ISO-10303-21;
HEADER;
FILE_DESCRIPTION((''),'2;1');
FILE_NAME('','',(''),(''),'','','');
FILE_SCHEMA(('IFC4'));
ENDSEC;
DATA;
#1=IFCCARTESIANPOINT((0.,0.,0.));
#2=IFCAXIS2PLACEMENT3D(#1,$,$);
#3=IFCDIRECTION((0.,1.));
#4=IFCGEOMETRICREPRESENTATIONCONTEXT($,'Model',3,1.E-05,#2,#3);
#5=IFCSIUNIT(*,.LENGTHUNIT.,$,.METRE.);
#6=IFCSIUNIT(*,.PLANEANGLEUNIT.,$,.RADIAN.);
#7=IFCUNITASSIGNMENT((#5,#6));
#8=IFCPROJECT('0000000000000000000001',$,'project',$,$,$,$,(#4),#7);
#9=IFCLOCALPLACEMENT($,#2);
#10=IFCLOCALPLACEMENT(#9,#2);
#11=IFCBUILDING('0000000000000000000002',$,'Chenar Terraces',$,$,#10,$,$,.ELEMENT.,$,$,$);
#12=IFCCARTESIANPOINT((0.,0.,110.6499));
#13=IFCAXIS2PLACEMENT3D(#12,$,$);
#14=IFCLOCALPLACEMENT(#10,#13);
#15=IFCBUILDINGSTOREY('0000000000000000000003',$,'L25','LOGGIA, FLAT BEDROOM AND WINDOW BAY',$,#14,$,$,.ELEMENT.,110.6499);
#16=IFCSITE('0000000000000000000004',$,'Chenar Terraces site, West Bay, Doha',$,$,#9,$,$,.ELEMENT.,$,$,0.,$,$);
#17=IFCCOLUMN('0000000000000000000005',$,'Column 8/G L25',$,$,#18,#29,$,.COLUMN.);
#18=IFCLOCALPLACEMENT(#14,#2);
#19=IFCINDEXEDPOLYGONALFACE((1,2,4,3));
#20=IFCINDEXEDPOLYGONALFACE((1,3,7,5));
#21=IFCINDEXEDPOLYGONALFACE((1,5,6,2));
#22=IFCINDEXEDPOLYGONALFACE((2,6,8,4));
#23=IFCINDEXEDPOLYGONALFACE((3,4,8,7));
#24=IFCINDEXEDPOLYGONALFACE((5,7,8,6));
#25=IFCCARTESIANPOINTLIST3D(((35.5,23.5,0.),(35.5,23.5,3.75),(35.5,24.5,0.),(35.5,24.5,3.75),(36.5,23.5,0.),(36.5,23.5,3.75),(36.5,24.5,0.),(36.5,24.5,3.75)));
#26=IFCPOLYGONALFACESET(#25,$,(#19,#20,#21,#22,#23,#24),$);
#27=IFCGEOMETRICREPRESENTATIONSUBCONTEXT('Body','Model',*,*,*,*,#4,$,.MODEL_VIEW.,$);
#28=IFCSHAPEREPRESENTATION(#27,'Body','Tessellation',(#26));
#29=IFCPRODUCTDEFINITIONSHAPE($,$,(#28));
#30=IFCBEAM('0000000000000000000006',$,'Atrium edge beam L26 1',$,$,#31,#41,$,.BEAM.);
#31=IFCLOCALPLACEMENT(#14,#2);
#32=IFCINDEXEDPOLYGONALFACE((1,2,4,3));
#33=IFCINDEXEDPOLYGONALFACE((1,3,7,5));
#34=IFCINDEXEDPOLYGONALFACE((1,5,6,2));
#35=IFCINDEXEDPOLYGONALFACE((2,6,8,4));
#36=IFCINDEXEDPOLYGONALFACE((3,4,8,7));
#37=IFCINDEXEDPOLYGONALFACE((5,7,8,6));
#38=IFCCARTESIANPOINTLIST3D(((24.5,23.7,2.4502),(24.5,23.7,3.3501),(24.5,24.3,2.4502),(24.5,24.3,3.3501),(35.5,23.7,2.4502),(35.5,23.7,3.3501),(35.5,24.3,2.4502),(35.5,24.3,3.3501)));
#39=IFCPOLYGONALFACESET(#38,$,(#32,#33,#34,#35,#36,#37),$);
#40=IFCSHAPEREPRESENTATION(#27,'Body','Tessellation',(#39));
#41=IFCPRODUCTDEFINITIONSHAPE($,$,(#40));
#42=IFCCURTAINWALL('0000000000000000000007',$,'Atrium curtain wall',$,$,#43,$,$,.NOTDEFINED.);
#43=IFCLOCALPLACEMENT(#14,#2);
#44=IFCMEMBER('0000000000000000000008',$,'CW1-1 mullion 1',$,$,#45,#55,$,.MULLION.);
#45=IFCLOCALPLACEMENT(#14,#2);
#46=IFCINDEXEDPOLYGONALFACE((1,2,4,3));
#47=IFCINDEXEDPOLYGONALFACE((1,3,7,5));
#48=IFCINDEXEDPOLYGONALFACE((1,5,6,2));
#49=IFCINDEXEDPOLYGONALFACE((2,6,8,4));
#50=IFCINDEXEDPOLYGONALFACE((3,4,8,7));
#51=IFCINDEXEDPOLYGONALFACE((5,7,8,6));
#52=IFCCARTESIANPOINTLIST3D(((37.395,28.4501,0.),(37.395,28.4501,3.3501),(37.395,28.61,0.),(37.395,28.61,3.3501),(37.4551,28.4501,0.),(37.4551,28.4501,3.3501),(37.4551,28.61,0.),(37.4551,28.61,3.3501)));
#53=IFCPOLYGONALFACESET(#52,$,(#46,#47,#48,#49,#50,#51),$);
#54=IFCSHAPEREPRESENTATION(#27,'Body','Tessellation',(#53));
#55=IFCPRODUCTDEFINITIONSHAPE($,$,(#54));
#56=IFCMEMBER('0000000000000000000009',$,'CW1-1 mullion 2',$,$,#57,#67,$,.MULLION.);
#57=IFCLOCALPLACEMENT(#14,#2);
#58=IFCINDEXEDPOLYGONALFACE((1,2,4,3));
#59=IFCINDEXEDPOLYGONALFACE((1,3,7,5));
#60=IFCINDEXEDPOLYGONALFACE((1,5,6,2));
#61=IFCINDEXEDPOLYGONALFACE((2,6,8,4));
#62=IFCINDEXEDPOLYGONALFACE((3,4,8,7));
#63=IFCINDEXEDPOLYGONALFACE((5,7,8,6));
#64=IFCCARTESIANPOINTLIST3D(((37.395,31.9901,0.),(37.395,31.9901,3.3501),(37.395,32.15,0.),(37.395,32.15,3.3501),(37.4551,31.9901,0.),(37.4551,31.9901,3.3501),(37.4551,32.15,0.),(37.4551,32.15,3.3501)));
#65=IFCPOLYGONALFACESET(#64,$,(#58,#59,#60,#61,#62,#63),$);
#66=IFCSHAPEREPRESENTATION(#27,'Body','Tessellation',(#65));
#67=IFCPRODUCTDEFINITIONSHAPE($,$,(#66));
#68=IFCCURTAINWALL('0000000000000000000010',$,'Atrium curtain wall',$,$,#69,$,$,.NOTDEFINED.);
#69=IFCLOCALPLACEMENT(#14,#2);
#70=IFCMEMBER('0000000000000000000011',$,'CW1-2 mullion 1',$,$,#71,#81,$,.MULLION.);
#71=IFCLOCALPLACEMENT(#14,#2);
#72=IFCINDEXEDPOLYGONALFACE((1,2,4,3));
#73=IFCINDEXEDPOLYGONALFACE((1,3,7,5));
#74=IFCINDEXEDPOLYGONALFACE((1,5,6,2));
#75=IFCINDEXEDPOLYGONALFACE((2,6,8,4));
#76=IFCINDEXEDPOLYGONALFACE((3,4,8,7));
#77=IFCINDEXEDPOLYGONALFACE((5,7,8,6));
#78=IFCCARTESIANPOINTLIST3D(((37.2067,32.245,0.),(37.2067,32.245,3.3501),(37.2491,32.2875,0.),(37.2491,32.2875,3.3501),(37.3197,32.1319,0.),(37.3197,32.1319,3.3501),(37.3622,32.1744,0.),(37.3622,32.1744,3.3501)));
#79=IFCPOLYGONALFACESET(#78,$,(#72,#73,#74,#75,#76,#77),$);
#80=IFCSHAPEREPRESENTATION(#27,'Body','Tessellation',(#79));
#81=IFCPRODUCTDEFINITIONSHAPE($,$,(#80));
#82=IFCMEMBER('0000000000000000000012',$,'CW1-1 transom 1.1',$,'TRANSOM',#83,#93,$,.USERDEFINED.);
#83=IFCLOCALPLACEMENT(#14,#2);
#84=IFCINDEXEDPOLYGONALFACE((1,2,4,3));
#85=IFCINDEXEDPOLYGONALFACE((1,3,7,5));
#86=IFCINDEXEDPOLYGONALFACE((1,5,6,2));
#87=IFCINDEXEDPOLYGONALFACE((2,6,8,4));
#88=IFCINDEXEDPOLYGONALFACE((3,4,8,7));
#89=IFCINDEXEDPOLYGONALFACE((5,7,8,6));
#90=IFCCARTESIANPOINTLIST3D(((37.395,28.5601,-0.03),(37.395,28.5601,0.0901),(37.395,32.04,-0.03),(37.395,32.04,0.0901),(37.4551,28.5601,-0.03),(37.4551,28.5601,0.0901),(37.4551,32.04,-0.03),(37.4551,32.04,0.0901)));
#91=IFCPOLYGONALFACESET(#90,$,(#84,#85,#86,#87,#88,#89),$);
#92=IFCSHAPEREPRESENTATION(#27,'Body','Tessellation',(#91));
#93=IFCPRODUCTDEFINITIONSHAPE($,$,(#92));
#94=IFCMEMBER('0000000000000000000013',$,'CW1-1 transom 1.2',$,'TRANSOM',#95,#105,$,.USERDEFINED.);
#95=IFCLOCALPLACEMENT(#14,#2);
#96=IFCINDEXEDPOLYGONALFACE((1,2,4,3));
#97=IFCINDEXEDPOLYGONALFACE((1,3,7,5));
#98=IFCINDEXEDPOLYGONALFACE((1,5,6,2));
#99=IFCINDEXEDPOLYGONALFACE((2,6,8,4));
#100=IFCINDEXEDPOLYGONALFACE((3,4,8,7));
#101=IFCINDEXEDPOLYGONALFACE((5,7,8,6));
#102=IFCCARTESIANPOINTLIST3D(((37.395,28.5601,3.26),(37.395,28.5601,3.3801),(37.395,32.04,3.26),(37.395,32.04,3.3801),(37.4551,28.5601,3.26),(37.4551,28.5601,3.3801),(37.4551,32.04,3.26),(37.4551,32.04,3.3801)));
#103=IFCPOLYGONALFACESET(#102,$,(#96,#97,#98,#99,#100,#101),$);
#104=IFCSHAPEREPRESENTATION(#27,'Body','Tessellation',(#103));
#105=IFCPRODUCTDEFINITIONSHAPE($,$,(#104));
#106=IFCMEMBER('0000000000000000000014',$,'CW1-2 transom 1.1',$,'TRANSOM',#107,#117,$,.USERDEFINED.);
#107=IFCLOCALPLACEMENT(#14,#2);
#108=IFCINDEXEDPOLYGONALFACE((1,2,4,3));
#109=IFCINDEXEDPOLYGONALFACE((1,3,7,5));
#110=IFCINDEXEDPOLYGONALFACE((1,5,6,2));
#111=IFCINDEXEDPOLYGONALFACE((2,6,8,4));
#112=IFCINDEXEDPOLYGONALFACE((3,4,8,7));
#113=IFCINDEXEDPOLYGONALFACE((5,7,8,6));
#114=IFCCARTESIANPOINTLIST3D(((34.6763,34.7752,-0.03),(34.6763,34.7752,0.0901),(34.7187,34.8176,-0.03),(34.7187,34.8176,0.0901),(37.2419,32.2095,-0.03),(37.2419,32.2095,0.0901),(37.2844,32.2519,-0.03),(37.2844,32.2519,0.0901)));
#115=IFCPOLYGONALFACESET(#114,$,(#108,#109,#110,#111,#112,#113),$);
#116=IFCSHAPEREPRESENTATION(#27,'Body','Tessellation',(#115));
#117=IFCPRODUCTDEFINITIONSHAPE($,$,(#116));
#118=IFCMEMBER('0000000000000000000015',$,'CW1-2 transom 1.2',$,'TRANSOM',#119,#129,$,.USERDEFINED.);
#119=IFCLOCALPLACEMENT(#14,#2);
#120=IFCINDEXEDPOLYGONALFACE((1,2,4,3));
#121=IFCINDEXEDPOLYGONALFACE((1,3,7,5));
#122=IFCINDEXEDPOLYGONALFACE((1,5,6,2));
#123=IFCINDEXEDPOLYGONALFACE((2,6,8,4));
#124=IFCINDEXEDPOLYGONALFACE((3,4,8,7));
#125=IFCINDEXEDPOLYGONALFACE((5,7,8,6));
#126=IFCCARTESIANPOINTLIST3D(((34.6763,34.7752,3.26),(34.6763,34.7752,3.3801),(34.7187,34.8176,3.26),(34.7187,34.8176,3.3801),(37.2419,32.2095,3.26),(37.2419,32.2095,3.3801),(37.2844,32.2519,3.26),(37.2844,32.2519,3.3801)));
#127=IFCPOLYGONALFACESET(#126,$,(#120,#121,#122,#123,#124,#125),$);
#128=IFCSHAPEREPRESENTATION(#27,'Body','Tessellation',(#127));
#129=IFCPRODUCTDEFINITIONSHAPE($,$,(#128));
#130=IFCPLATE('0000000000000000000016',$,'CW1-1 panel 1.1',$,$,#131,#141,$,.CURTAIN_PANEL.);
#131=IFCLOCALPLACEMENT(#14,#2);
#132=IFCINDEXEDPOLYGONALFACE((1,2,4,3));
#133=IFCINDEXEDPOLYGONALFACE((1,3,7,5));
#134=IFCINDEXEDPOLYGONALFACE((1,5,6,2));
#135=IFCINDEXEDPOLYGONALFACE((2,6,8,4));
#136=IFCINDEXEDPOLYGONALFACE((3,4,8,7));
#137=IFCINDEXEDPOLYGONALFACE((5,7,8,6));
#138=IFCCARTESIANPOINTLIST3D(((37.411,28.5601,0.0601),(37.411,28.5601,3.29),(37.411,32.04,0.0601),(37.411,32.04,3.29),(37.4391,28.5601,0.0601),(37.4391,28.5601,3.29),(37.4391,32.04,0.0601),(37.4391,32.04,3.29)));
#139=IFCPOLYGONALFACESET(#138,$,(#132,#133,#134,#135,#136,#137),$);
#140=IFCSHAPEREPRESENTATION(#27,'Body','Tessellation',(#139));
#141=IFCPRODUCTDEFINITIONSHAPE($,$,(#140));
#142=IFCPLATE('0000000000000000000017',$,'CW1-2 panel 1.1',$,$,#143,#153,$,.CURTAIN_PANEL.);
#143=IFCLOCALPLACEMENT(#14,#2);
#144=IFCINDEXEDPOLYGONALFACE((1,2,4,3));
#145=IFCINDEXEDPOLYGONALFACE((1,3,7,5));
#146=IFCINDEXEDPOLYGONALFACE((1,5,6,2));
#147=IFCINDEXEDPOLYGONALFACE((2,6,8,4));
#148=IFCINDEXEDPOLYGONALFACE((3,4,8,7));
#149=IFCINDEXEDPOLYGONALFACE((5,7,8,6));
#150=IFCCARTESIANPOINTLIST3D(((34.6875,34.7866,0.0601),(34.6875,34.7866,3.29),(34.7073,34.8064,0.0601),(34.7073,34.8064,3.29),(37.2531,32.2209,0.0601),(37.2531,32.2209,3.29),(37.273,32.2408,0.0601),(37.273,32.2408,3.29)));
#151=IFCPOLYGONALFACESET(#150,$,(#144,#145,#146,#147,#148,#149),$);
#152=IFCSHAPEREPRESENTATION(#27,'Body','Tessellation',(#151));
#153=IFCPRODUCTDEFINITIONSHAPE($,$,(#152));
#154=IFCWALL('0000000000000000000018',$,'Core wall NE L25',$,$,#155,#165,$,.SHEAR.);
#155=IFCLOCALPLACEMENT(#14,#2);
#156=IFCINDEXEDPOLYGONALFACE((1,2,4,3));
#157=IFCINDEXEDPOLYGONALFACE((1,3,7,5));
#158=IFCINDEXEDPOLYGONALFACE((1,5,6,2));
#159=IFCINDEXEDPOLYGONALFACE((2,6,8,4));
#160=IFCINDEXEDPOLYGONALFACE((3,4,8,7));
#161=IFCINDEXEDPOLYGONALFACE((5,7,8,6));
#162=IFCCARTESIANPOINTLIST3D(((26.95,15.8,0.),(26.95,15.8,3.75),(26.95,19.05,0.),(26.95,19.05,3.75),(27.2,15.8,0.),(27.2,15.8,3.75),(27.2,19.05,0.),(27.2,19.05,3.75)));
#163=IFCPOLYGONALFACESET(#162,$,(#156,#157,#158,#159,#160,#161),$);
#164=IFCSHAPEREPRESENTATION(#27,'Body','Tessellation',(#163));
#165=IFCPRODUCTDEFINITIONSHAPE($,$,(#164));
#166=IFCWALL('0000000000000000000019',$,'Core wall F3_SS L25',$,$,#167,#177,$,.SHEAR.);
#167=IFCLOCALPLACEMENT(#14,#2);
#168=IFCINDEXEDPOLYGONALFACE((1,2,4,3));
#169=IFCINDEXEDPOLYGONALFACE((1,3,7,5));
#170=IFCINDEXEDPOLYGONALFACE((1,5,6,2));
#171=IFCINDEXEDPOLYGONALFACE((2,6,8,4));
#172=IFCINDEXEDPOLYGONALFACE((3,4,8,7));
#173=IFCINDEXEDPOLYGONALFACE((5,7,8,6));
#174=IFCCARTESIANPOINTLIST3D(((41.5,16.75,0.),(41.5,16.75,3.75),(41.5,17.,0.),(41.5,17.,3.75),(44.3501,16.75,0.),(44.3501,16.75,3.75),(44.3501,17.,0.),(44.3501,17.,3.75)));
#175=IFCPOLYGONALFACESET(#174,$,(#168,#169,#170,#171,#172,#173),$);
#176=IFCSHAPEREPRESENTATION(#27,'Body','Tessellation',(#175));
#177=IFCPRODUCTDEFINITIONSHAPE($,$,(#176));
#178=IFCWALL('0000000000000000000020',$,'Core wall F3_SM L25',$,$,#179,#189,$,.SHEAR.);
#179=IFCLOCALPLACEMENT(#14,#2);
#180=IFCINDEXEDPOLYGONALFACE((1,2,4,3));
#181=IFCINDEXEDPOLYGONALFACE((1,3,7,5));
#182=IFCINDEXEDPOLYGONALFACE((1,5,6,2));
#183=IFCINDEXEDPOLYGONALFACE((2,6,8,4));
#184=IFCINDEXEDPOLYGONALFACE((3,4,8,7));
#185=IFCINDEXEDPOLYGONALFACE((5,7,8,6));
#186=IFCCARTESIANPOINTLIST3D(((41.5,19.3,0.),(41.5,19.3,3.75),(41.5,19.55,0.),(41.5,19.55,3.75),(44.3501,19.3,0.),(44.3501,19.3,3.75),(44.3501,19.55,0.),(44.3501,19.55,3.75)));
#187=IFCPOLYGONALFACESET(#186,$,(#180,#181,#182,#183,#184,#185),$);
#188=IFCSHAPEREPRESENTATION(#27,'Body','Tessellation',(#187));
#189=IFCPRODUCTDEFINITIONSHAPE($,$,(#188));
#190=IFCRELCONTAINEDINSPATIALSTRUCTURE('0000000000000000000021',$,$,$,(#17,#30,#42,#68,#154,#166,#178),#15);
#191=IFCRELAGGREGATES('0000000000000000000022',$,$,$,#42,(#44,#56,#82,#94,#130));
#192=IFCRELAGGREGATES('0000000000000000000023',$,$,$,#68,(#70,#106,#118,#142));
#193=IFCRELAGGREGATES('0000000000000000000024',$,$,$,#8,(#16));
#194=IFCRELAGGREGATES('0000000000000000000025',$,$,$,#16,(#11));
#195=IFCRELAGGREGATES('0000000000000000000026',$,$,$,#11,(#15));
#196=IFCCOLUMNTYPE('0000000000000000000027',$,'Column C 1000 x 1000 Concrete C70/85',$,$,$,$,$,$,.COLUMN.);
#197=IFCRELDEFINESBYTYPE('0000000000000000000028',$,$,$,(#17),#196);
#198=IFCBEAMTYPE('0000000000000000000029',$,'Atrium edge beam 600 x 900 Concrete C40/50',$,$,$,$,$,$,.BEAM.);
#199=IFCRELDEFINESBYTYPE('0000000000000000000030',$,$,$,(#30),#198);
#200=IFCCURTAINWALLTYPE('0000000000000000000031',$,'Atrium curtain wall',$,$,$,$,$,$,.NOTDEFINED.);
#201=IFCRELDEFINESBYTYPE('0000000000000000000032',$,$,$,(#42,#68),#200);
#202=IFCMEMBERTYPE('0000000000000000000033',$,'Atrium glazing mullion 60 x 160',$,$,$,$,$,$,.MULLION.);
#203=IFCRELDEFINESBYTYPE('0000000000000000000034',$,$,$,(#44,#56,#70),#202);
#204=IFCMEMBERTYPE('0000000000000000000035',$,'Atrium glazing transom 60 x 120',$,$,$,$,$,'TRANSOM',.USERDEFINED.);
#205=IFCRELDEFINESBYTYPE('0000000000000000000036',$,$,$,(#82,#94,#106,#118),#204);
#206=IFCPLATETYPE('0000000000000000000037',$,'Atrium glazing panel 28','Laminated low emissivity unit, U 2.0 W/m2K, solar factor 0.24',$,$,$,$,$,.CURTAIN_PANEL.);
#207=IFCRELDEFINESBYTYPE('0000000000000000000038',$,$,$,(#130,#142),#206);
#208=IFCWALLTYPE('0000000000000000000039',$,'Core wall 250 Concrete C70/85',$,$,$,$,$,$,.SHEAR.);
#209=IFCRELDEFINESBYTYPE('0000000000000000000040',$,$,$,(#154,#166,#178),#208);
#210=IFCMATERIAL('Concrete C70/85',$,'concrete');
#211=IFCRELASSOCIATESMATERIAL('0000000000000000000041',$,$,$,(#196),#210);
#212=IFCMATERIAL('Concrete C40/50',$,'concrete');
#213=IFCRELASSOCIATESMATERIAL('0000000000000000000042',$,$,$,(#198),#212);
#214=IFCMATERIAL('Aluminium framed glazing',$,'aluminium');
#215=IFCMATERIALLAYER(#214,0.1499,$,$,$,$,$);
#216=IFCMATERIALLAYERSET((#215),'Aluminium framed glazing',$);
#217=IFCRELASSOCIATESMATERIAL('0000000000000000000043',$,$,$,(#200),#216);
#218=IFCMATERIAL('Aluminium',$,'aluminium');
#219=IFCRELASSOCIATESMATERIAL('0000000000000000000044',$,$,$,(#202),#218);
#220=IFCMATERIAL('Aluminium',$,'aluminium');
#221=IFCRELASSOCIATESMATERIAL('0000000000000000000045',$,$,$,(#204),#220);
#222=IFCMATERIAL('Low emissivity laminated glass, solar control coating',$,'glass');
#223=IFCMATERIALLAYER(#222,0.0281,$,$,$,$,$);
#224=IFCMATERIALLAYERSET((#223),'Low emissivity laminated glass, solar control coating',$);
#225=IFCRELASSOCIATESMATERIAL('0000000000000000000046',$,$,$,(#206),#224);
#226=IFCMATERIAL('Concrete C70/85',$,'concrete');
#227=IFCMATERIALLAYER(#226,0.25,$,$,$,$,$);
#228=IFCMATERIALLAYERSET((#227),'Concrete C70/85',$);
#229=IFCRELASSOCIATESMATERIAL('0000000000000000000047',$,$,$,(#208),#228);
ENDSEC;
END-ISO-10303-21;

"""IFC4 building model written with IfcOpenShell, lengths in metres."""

from ifc_helpers import new_model, si_unit, direction, frame, frame_2d, origin, origin_2d, place, context, subcontext, project, spatial, rectangle, extrude, material, layer, layer_set, material_profile, profile_set, type_object, element, aggregate, save


model = new_model("IFC4")

# Units and contexts
model_context = context("Model", 3, precision=1e-05, world=origin(), true_north=direction((0.0, 1.0)))
body_context = subcontext(model_context, "Body", "Model", "MODEL_VIEW")
ifc_project = project(units=[si_unit("LENGTHUNIT", "METRE"), si_unit("PLANEANGLEUNIT", "RADIAN")], contexts=[model_context])

# Site, building, storey
site_placement = place(None, origin())
site = spatial("IfcSite", under=ifc_project, at=site_placement, Name="Chenar Terraces site, West Bay, Doha", CompositionType="ELEMENT", RefElevation=0.0)
building_placement = place(site_placement, origin())
building = spatial("IfcBuilding", under=site, at=building_placement, Name="Chenar Terraces", CompositionType="ELEMENT")
storey_placement = place(building_placement, frame((0.0, 0.0, 110.6499)))
storey = spatial("IfcBuildingStorey", under=building, at=storey_placement, Name="L25", Description="LOGGIA, FLAT BEDROOM AND WINDOW BAY", CompositionType="ELEMENT", Elevation=110.6499)

# Column
ifc_material_1 = material(Name="Concrete C70/85", Category="concrete")
ifc_material_profile_1 = material_profile(ifc_material_1, rectangle(XDim=1.0, YDim=1.0, at=origin_2d()), Name="C 1000 x 1000")
ifc_profile_set_1 = profile_set([ifc_material_profile_1], Name="Concrete C70/85")
column_type = type_object("IfcColumnType", Name="Column C 1000 x 1000 Concrete C70/85", PredefinedType="COLUMN", material=ifc_profile_set_1)
column_placement = place(storey_placement, frame((36.0, 24.0, 0.0), z_axis=(0.0, 0.0, 1.0), x_axis=(1.0, 0.0, 0.0)))
element("IfcColumn", 1, at=column_placement, inside=storey, type_object=column_type, Name="Column 8/G L25", PredefinedType="COLUMN", context=body_context, shape_type="SweptSolid", body=[
    extrude(rectangle(XDim=1.0, YDim=1.0, at=origin_2d()), origin(), (0.0, 0.0, 1.0), 3.75),
])

# Beam
ifc_material_2 = material(Name="Concrete C40/50", Category="concrete")
ifc_material_profile_2 = material_profile(ifc_material_2, rectangle(XDim=0.6001, YDim=0.8999, at=origin_2d()), Name="RC 600 x 900")
ifc_profile_set_2 = profile_set([ifc_material_profile_2], Name="Concrete C40/50")
beam_type = type_object("IfcBeamType", Name="Atrium edge beam 600 x 900 Concrete C40/50", PredefinedType="BEAM", material=ifc_profile_set_2)
beam_placement = place(storey_placement, frame((24.5, 24.0, 2.9001), z_axis=(1.0, 0.0, 0.0), x_axis=(0.0, 1.0, 0.0)))
element("IfcBeam", 2, at=beam_placement, inside=storey, type_object=beam_type, Name="Atrium edge beam L26 1", PredefinedType="BEAM", context=body_context, shape_type="SweptSolid", body=[
    extrude(rectangle(XDim=0.6001, YDim=0.8999, at=origin_2d()), origin(), (0.0, 0.0, 1.0), 11.0),
])

# Curtain wall, members
ifc_material_3 = material(Name="Aluminium framed glazing", Category="aluminium")
ifc_layer_1 = layer(ifc_material_3, 0.1499)
ifc_layer_set_1 = layer_set([ifc_layer_1], Name="Aluminium framed glazing")
curtain_wall_type = type_object("IfcCurtainWallType", Name="Atrium curtain wall", PredefinedType="NOTDEFINED", material=ifc_layer_set_1)
placement = place(storey_placement, origin())
curtain_wall_1 = element("IfcCurtainWall", 3, at=placement, inside=storey, type_object=curtain_wall_type, Name="Atrium curtain wall", PredefinedType="NOTDEFINED")
ifc_material_4 = material(Name="Aluminium", Category="aluminium")
ifc_material_profile_3 = material_profile(ifc_material_4, rectangle(XDim=0.0601, YDim=0.1599, at=origin_2d()), Name="Atrium glazing mullion 60 x 160")
ifc_profile_set_3 = profile_set([ifc_material_profile_3], Name="Aluminium")
member_type_1 = type_object("IfcMemberType", Name="Atrium glazing mullion 60 x 160", PredefinedType="MULLION", material=ifc_profile_set_3)
member_1_placement = place(storey_placement, frame((37.425, 28.53, 0.0), z_axis=(0.0, 0.0, 1.0), x_axis=(-1.0, 0.0, 0.0)))
member_1 = element("IfcMember", 4, at=member_1_placement, type_object=member_type_1, Name="CW1-1 mullion 1", PredefinedType="MULLION", context=body_context, shape_type="SweptSolid", body=[
    extrude(rectangle(XDim=0.0601, YDim=0.1599, at=origin_2d()), origin(), (0.0, 0.0, 1.0), 3.3501),
])
member_2_placement = place(storey_placement, frame((37.425, 32.0701, 0.0), z_axis=(0.0, 0.0, 1.0), x_axis=(-1.0, 0.0, 0.0)))
member_2 = element("IfcMember", 5, at=member_2_placement, type_object=member_type_1, Name="CW1-1 mullion 2", PredefinedType="MULLION", context=body_context, shape_type="SweptSolid", body=[
    extrude(rectangle(XDim=0.0601, YDim=0.1599, at=origin_2d()), origin(), (0.0, 0.0, 1.0), 3.3501),
])

# Curtain wall, member
curtain_wall_2 = element("IfcCurtainWall", 6, at=placement, inside=storey, type_object=curtain_wall_type, Name="Atrium curtain wall", PredefinedType="NOTDEFINED")
member_3_placement = place(storey_placement, frame((37.2844, 32.2097, 0.0), z_axis=(0.0, 0.0, 1.0), x_axis=(-0.707107, -0.707107, 0.0)))
member_3 = element("IfcMember", 7, at=member_3_placement, type_object=member_type_1, Name="CW1-2 mullion 1", PredefinedType="MULLION", context=body_context, shape_type="SweptSolid", body=[
    extrude(rectangle(XDim=0.0601, YDim=0.1599, at=origin_2d()), origin(), (0.0, 0.0, 1.0), 3.3501),
])

# Members
ifc_material_5 = material(Name="Aluminium", Category="aluminium")
ifc_material_profile_4 = material_profile(ifc_material_5, rectangle(XDim=0.0601, YDim=0.1201, at=origin_2d()), Name="Atrium glazing transom 60 x 120")
ifc_profile_set_4 = profile_set([ifc_material_profile_4], Name="Aluminium")
member_type_2 = type_object("IfcMemberType", Name="Atrium glazing transom 60 x 120", ElementType="TRANSOM", PredefinedType="USERDEFINED", material=ifc_profile_set_4)
member_4_placement = place(storey_placement, frame((37.425, 28.5601, 0.03), z_axis=(0.0, 1.0, 0.0), x_axis=(-1.0, 0.0, 0.0)))
member_4 = element("IfcMember", 8, at=member_4_placement, type_object=member_type_2, Name="CW1-1 transom 1.1", ObjectType="TRANSOM", PredefinedType="USERDEFINED", context=body_context, shape_type="SweptSolid", body=[
    extrude(rectangle(XDim=0.0601, YDim=0.1201, at=origin_2d()), origin(), (0.0, 0.0, 1.0), 3.48),
])
member_5_placement = place(storey_placement, frame((37.425, 28.5601, 3.3201), z_axis=(0.0, 1.0, 0.0), x_axis=(-1.0, 0.0, 0.0)))
member_5 = element("IfcMember", 9, at=member_5_placement, type_object=member_type_2, Name="CW1-1 transom 1.2", ObjectType="TRANSOM", PredefinedType="USERDEFINED", context=body_context, shape_type="SweptSolid", body=[
    extrude(rectangle(XDim=0.0601, YDim=0.1201, at=origin_2d()), origin(), (0.0, 0.0, 1.0), 3.48),
])
member_6_placement = place(storey_placement, frame((37.2632, 32.2307, 0.03), z_axis=(-0.707107, 0.707107, 0.0), x_axis=(-0.707107, -0.707107, 0.0)))
member_6 = element("IfcMember", 10, at=member_6_placement, type_object=member_type_2, Name="CW1-2 transom 1.1", ObjectType="TRANSOM", PredefinedType="USERDEFINED", context=body_context, shape_type="SweptSolid", body=[
    extrude(rectangle(XDim=0.0601, YDim=0.1201, at=origin_2d()), origin(), (0.0, 0.0, 1.0), 3.6284),
])
member_7_placement = place(storey_placement, frame((37.2632, 32.2307, 3.3201), z_axis=(-0.707107, 0.707107, 0.0), x_axis=(-0.707107, -0.707107, 0.0)))
member_7 = element("IfcMember", 11, at=member_7_placement, type_object=member_type_2, Name="CW1-2 transom 1.2", ObjectType="TRANSOM", PredefinedType="USERDEFINED", context=body_context, shape_type="SweptSolid", body=[
    extrude(rectangle(XDim=0.0601, YDim=0.1201, at=origin_2d()), origin(), (0.0, 0.0, 1.0), 3.6284),
])

# Plates
ifc_material_6 = material(Name="Low emissivity laminated glass, solar control coating", Category="glass")
ifc_layer_2 = layer(ifc_material_6, 0.0281)
ifc_layer_set_2 = layer_set([ifc_layer_2], Name="Low emissivity laminated glass, solar control coating")
plate_type = type_object("IfcPlateType", Name="Atrium glazing panel 28", Description="Laminated low emissivity unit, U 2.0 W/m2K, solar factor 0.24", PredefinedType="CURTAIN_PANEL", material=ifc_layer_set_2)
plate_1_placement = place(storey_placement, frame((37.425, 30.3, 0.0601), z_axis=(0.0, 0.0, 1.0), x_axis=(0.0, 1.0, 0.0)))
plate_1 = element("IfcPlate", 12, at=plate_1_placement, type_object=plate_type, Name="CW1-1 panel 1.1", PredefinedType="CURTAIN_PANEL", context=body_context, shape_type="SweptSolid", body=[
    extrude(rectangle(XDim=3.48, YDim=0.0281, at=origin_2d()), origin(), (0.0, 0.0, 1.0), 3.23),
])
aggregate(curtain_wall_1, [member_1, member_2, member_4, member_5, plate_1])
plate_2_placement = place(storey_placement, frame((35.9802, 33.5137, 0.0601), z_axis=(0.0, 0.0, 1.0), x_axis=(-0.707107, 0.707107, 0.0)))
plate_2 = element("IfcPlate", 13, at=plate_2_placement, type_object=plate_type, Name="CW1-2 panel 1.1", PredefinedType="CURTAIN_PANEL", context=body_context, shape_type="SweptSolid", body=[
    extrude(rectangle(XDim=3.6284, YDim=0.0281, at=origin_2d()), origin(), (0.0, 0.0, 1.0), 3.23),
])
aggregate(curtain_wall_2, [member_3, member_6, member_7, plate_2])

# Walls
ifc_material_7 = material(Name="Concrete C70/85", Category="concrete")
ifc_layer_3 = layer(ifc_material_7, 0.25)
ifc_layer_set_3 = layer_set([ifc_layer_3], Name="Concrete C70/85")
wall_type_1 = type_object("IfcWallType", Name="Core wall 250 Concrete C70/85", PredefinedType="SHEAR", material=ifc_layer_set_3)
wall_1_placement = place(storey_placement, frame((27.075, 15.8, 0.0), z_axis=(0.0, 0.0, 1.0), x_axis=(0.0, 1.0, 0.0)))
element("IfcWall", 14, at=wall_1_placement, inside=storey, type_object=wall_type_1, Name="Core wall NE L25", PredefinedType="SHEAR", context=body_context, shape_type="SweptSolid", body=[
    extrude(rectangle(XDim=3.25, YDim=0.25, at=frame_2d((1.625, 0.0))), origin(), (0.0, 0.0, 1.0), 3.75),
])
for number, where, z_axis, x_axis, name in (
    (15, (41.5, 16.875, 0.0), (0.0, 0.0, 1.0), (1.0, 0.0, 0.0), "Core wall F3_SS L25"),
    (16, (41.5, 19.425, 0.0), (0.0, 0.0, 1.0), (1.0, 0.0, 0.0), "Core wall F3_SM L25"),
):
    element("IfcWall", number, at=place(storey_placement, frame(where, z_axis=z_axis, x_axis=x_axis)), inside=storey, type_object=wall_type_1, Name=name, PredefinedType="SHEAR", context=body_context, shape_type="SweptSolid", body=[
        extrude(rectangle(XDim=2.8501, YDim=0.25, at=frame_2d((1.425, 0.0))), origin(), (0.0, 0.0, 1.0), 3.75),
    ])

save(model, "model.ifc")
